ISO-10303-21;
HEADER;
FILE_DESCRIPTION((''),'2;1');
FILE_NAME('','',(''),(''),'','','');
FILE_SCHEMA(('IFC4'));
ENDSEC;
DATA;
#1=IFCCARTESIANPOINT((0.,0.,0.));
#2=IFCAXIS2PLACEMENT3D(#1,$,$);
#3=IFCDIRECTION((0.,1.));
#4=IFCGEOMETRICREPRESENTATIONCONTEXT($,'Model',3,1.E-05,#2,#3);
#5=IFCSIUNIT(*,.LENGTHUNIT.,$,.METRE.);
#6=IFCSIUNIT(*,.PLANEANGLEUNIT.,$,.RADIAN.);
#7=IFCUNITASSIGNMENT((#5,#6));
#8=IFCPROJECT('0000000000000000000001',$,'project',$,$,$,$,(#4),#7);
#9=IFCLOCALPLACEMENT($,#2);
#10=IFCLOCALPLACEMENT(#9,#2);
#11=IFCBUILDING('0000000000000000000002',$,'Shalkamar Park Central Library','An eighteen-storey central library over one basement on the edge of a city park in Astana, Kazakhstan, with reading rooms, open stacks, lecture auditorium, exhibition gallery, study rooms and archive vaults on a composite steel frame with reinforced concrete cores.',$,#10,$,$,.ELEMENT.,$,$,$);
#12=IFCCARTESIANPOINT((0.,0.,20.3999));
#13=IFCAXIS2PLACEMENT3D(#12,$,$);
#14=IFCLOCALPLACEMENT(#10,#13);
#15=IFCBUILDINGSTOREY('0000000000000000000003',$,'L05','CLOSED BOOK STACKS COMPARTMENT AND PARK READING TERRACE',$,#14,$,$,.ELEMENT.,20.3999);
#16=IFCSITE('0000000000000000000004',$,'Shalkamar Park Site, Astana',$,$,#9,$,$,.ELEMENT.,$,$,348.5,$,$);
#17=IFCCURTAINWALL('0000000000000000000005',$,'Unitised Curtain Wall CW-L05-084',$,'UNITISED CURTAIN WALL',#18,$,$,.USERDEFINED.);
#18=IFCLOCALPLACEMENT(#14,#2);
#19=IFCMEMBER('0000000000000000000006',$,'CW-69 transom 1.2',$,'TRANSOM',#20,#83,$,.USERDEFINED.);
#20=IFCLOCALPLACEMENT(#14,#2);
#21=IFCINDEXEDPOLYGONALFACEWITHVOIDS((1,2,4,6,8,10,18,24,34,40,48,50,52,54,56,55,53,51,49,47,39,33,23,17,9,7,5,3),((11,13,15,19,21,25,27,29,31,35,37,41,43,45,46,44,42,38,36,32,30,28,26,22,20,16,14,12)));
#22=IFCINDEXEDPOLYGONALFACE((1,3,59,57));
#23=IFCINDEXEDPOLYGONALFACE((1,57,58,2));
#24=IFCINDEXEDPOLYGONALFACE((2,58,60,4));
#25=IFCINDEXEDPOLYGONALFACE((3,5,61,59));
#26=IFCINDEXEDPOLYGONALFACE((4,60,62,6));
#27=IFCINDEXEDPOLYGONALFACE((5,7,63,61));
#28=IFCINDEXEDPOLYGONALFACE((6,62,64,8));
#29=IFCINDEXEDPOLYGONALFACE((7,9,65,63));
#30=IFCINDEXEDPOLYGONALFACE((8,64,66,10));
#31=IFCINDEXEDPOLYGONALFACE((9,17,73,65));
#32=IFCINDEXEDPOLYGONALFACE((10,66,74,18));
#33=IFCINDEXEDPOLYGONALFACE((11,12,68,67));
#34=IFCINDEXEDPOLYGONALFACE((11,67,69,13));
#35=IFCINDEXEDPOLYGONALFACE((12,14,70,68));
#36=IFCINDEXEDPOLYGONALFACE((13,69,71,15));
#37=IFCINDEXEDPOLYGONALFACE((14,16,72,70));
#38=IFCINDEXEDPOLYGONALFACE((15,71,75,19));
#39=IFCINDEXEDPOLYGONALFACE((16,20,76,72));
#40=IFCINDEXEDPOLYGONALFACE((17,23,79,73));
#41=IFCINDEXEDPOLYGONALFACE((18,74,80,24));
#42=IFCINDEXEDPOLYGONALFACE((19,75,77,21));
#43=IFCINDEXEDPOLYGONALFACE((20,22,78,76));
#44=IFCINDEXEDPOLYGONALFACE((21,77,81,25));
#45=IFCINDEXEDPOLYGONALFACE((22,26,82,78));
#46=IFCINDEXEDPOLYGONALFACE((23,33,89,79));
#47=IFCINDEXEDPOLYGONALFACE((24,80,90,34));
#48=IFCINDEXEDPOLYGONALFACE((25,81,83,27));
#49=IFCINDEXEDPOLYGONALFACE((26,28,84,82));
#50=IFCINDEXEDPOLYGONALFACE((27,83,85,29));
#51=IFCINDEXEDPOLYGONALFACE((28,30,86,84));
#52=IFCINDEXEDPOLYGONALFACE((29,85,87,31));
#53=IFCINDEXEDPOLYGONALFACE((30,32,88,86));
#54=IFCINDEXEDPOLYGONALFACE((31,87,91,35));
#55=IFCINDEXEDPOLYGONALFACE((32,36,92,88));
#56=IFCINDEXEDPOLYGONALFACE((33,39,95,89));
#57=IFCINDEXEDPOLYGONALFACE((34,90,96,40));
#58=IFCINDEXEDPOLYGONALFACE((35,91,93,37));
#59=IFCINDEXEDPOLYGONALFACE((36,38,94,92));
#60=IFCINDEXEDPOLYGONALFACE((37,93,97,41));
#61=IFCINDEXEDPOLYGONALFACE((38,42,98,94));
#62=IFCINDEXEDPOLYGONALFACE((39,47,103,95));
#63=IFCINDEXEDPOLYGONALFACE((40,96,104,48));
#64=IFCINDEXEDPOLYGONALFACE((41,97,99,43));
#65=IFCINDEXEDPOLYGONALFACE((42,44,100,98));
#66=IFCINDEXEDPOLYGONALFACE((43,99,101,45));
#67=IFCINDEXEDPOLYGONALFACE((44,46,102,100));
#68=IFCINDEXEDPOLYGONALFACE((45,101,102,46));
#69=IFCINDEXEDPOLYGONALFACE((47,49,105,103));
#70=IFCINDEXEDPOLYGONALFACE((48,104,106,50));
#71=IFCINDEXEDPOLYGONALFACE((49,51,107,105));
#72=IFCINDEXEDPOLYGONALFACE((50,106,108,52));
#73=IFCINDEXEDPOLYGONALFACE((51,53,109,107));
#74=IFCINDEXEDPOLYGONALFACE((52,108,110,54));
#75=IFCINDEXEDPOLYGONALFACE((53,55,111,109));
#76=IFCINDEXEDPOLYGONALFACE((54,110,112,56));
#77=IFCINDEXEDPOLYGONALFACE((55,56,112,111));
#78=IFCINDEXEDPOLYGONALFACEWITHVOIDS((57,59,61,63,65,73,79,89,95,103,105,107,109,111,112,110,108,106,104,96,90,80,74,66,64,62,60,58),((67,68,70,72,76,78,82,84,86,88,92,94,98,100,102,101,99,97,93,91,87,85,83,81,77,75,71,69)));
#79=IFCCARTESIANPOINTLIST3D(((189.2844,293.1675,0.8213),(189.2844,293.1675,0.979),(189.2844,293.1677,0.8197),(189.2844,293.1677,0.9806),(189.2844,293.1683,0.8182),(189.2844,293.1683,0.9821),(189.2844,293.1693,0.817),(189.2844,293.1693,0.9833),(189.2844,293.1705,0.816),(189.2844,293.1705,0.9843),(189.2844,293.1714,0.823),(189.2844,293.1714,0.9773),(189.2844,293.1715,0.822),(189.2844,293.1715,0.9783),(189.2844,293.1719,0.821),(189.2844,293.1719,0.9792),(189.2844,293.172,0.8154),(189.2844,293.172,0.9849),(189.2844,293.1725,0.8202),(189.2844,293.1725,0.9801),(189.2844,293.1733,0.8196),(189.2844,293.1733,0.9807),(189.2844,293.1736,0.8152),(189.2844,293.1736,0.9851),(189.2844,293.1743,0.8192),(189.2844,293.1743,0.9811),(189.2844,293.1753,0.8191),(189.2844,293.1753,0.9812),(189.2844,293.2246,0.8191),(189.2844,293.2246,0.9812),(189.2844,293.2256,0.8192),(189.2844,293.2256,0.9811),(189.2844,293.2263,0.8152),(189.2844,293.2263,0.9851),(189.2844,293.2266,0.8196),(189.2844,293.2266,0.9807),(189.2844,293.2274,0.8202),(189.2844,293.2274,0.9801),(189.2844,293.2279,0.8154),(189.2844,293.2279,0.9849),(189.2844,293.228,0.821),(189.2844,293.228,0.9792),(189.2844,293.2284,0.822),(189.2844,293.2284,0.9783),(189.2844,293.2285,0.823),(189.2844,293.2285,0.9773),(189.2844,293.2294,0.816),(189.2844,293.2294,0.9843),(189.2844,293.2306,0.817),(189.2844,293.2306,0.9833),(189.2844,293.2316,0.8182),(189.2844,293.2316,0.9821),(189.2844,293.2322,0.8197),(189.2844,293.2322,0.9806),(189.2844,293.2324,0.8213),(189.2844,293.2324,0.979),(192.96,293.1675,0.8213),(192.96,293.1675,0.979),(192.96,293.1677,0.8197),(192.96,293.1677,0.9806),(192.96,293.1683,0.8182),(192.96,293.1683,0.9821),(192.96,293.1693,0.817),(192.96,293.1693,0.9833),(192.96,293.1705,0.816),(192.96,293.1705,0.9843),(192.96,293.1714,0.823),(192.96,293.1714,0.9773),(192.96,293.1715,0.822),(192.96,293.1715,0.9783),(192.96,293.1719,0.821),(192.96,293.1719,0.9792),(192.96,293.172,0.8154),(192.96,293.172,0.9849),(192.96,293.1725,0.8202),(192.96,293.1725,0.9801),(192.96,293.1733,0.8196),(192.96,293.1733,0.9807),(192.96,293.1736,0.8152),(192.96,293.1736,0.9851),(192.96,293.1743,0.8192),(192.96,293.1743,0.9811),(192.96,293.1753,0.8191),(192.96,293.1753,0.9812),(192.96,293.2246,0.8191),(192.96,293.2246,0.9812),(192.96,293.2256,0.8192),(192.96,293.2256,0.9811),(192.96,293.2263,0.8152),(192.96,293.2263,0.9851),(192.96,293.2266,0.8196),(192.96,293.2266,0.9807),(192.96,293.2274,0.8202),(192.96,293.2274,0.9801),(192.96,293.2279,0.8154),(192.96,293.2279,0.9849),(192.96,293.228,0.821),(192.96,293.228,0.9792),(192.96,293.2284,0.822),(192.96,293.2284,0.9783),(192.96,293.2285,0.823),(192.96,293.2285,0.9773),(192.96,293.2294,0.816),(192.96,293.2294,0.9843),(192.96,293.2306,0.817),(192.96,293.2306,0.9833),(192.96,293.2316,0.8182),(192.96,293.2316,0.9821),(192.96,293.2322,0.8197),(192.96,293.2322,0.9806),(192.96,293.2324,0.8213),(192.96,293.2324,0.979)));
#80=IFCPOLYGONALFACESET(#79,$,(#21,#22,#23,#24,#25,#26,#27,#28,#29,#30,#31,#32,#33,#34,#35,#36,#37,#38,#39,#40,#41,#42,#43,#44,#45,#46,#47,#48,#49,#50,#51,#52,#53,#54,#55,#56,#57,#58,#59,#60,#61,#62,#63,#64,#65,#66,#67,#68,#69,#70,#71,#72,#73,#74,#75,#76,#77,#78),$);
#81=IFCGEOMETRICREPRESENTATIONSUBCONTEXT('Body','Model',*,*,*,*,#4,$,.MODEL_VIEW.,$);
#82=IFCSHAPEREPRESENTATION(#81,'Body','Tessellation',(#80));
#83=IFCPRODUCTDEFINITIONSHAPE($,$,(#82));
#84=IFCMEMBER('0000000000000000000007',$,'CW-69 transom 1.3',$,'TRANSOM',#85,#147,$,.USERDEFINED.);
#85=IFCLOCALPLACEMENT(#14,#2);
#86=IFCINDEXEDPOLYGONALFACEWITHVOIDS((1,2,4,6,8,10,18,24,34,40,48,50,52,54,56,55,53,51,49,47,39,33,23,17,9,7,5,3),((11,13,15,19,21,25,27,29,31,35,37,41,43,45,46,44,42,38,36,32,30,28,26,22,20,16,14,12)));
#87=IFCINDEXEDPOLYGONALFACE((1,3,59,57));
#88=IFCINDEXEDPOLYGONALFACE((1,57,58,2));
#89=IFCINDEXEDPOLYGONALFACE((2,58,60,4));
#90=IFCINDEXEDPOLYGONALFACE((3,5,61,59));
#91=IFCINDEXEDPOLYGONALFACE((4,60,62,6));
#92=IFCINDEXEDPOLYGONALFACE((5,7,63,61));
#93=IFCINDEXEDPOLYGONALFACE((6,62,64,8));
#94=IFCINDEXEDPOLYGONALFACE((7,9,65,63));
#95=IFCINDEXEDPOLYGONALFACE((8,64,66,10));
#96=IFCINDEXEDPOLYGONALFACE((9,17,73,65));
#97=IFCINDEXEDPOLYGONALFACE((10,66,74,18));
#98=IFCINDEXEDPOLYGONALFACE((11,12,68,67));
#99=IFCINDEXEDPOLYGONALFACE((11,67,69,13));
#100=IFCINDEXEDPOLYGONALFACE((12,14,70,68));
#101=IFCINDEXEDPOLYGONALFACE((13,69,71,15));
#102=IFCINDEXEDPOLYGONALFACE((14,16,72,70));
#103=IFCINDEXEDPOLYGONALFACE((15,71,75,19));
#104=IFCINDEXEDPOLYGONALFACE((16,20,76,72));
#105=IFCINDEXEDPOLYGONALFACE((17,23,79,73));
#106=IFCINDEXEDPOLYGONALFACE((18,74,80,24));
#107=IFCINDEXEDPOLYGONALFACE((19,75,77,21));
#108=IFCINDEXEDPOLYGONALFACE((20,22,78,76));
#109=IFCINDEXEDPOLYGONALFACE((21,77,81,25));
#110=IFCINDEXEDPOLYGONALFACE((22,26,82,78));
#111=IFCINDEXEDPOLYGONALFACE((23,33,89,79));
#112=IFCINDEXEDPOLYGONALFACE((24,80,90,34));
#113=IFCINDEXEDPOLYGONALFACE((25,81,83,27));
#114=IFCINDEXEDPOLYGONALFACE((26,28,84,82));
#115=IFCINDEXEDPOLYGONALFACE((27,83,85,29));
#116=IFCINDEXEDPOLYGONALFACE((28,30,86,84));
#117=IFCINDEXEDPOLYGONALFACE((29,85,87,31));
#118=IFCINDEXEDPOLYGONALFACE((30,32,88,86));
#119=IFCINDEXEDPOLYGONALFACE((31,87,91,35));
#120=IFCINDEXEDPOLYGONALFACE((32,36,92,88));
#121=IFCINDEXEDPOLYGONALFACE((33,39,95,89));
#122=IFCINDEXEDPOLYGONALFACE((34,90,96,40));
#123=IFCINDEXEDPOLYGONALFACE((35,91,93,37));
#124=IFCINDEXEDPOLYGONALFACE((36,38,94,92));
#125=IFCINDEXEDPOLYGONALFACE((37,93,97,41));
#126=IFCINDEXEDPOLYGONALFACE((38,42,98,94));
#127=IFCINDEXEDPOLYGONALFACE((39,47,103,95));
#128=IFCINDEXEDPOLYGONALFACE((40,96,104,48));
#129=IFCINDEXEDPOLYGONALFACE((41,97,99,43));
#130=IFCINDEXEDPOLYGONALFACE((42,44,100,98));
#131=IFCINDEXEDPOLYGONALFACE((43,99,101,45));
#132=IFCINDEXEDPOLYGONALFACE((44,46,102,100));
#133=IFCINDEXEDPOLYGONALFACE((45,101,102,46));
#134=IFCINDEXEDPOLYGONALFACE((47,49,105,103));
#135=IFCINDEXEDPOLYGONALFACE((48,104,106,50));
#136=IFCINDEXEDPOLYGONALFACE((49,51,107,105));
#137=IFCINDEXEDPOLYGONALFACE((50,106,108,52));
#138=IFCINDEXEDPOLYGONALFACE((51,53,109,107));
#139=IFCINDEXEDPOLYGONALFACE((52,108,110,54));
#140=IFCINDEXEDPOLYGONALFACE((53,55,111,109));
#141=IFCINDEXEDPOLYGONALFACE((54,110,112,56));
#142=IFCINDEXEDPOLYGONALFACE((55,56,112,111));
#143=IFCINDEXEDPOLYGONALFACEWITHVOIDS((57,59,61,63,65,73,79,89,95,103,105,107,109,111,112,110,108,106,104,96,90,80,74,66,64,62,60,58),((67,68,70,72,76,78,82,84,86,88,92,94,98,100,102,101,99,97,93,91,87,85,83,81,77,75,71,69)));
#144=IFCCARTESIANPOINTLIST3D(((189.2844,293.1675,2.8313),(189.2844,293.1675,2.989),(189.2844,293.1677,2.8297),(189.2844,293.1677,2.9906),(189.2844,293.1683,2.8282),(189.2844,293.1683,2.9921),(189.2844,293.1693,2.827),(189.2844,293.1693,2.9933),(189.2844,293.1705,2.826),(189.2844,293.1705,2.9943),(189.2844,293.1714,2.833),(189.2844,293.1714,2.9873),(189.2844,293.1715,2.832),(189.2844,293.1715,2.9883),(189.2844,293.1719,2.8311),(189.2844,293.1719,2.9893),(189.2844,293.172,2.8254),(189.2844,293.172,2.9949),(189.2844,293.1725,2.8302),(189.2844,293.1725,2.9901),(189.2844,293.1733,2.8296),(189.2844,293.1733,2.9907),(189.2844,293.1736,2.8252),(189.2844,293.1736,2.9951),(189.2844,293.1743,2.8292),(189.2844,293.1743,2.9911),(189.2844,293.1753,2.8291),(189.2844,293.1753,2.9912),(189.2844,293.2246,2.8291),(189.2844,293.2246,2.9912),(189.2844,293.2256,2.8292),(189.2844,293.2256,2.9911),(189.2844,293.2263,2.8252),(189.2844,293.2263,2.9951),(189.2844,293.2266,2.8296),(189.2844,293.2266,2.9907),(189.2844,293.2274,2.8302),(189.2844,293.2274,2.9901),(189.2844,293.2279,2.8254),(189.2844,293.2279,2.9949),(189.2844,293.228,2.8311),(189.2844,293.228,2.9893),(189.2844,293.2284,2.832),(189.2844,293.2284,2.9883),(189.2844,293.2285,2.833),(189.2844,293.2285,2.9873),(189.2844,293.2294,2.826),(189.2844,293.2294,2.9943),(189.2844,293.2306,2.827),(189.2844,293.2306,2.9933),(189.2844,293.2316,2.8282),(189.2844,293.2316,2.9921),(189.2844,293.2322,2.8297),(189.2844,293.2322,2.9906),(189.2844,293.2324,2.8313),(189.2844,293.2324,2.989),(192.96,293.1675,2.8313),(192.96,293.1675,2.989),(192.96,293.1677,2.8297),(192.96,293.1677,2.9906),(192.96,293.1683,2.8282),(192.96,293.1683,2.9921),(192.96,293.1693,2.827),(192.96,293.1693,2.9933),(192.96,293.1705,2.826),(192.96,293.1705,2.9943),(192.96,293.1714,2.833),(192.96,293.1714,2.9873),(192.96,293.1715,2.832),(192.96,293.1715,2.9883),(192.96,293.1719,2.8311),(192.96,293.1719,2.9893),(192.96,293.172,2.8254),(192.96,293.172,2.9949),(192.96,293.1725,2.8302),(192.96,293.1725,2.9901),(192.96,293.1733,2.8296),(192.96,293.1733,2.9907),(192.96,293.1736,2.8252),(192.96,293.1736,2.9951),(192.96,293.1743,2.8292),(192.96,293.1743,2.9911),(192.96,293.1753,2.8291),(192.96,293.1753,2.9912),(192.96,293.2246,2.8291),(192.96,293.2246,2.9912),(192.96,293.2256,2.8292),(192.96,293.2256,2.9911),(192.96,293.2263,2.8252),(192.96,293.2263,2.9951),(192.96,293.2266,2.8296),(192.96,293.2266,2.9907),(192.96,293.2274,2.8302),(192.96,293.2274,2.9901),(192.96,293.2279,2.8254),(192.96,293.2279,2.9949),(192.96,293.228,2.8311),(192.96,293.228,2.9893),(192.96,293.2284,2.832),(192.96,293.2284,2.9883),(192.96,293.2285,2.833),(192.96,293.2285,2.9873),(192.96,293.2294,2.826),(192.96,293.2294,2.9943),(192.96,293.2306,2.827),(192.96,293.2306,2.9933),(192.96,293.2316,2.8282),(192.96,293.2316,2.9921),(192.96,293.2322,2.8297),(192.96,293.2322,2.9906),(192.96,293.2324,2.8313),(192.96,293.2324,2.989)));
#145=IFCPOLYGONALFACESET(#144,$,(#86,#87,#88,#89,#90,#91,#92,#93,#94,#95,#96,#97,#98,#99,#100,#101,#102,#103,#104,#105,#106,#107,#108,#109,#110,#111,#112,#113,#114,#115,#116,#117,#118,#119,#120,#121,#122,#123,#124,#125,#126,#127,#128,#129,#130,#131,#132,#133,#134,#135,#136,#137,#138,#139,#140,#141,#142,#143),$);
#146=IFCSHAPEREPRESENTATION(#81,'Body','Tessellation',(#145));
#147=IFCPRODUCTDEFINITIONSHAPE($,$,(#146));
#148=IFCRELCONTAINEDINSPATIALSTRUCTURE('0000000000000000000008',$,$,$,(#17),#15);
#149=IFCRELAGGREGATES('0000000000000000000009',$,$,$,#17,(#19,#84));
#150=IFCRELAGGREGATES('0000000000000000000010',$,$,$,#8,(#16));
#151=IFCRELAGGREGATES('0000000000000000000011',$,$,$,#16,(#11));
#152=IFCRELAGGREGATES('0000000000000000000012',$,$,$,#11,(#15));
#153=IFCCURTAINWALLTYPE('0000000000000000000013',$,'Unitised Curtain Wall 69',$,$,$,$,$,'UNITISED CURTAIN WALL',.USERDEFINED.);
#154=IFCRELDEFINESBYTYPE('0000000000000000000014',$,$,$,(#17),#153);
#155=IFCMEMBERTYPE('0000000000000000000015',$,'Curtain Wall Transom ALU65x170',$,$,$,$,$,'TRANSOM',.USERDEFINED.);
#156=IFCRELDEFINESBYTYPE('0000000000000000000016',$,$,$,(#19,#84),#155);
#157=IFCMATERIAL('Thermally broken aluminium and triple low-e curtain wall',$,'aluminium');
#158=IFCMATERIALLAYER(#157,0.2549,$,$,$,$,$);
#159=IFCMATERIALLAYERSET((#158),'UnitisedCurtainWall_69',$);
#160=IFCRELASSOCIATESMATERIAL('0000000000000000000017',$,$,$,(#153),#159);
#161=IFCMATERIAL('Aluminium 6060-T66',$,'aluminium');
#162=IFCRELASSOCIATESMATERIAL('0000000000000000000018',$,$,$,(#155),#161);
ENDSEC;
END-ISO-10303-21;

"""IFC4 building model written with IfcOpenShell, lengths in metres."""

from ifc_helpers import new_model, si_unit, direction, frame, origin, origin_2d, place, context, subcontext, project, spatial, hollow_rectangle, extrude, material, layer, layer_set, material_profile, profile_set, type_object, element, aggregate, save


model = new_model("IFC4")

# Units and contexts
model_context = context("Model", 3, precision=1e-05, world=origin(), true_north=direction((0.0, 1.0)))
body_context = subcontext(model_context, "Body", "Model", "MODEL_VIEW")
ifc_project = project(units=[si_unit("LENGTHUNIT", "METRE"), si_unit("PLANEANGLEUNIT", "RADIAN")], contexts=[model_context])

# Site, building, storey
site_placement = place(None, origin())
site = spatial("IfcSite", under=ifc_project, at=site_placement, Name="Shalkamar Park Site, Astana", CompositionType="ELEMENT", RefElevation=348.5)
building_placement = place(site_placement, origin())
building = spatial("IfcBuilding", under=site, at=building_placement, Name="Shalkamar Park Central Library", Description="An eighteen-storey central library over one basement on the edge of a city park in Astana, Kazakhstan, with reading rooms, open stacks, lecture auditorium, exhibition gallery, study rooms and archive vaults on a composite steel frame with reinforced concrete cores.", CompositionType="ELEMENT")
storey_placement = place(building_placement, frame((0.0, 0.0, 20.3999)))
storey = spatial("IfcBuildingStorey", under=building, at=storey_placement, Name="L05", Description="CLOSED BOOK STACKS COMPARTMENT AND PARK READING TERRACE", CompositionType="ELEMENT", Elevation=20.3999)

# Curtain wall, members
ifc_material_1 = material(Name="Thermally broken aluminium and triple low-e curtain wall", Category="aluminium")
ifc_layer_1 = layer(ifc_material_1, 0.2549)
ifc_layer_set_1 = layer_set([ifc_layer_1], Name="UnitisedCurtainWall_69")
curtain_wall_type = type_object("IfcCurtainWallType", Name="Unitised Curtain Wall 69", ElementType="UNITISED CURTAIN WALL", PredefinedType="USERDEFINED", material=ifc_layer_set_1)
curtain_wall_placement = place(storey_placement, origin())
curtain_wall = element("IfcCurtainWall", 1, at=curtain_wall_placement, inside=storey, type_object=curtain_wall_type, Name="Unitised Curtain Wall CW-L05-084", ObjectType="UNITISED CURTAIN WALL", PredefinedType="USERDEFINED")
ifc_material_2 = material(Name="Aluminium 6060-T66", Category="aluminium")
ifc_material_profile_1 = material_profile(ifc_material_2, hollow_rectangle(XDim=0.0649, YDim=0.1699, WallThickness=0.0039, InnerFilletRadius=0.0039, OuterFilletRadius=0.0061, at=origin_2d()), Name="ALU 65x170x4")
ifc_profile_set_1 = profile_set([ifc_material_profile_1], Name="Aluminium 6060-T66")
member_type_1 = type_object("IfcMemberType", Name="Curtain Wall Transom ALU65x170", ElementType="TRANSOM", PredefinedType="USERDEFINED", material=ifc_profile_set_1)
member_1_placement = place(storey_placement, frame((189.2844, 293.2, 0.9001), z_axis=(1.0, 0.0, 0.0), x_axis=(0.0, 1.0, 0.0)))
member_1 = element("IfcMember", 2, at=member_1_placement, type_object=member_type_1, Name="CW-69 transom 1.2", ObjectType="TRANSOM", PredefinedType="USERDEFINED", context=body_context, shape_type="SweptSolid", body=[
    extrude(hollow_rectangle(XDim=0.0649, YDim=0.1699, WallThickness=0.0039, InnerFilletRadius=0.0039, OuterFilletRadius=0.0061, at=origin_2d()), origin(), (0.0, 0.0, 1.0), 3.6755),
])
member_2_placement = place(storey_placement, frame((189.2844, 293.2, 2.9102), z_axis=(1.0, 0.0, 0.0), x_axis=(0.0, 1.0, 0.0)))
member_2 = element("IfcMember", 3, at=member_2_placement, type_object=member_type_1, Name="CW-69 transom 1.3", ObjectType="TRANSOM", PredefinedType="USERDEFINED", context=body_context, shape_type="SweptSolid", body=[
    extrude(hollow_rectangle(XDim=0.0649, YDim=0.1699, WallThickness=0.0039, InnerFilletRadius=0.0039, OuterFilletRadius=0.0061, at=origin_2d()), origin(), (0.0, 0.0, 1.0), 3.6755),
])

aggregate(curtain_wall, [member_1, member_2])

save(model, "model.ifc")
